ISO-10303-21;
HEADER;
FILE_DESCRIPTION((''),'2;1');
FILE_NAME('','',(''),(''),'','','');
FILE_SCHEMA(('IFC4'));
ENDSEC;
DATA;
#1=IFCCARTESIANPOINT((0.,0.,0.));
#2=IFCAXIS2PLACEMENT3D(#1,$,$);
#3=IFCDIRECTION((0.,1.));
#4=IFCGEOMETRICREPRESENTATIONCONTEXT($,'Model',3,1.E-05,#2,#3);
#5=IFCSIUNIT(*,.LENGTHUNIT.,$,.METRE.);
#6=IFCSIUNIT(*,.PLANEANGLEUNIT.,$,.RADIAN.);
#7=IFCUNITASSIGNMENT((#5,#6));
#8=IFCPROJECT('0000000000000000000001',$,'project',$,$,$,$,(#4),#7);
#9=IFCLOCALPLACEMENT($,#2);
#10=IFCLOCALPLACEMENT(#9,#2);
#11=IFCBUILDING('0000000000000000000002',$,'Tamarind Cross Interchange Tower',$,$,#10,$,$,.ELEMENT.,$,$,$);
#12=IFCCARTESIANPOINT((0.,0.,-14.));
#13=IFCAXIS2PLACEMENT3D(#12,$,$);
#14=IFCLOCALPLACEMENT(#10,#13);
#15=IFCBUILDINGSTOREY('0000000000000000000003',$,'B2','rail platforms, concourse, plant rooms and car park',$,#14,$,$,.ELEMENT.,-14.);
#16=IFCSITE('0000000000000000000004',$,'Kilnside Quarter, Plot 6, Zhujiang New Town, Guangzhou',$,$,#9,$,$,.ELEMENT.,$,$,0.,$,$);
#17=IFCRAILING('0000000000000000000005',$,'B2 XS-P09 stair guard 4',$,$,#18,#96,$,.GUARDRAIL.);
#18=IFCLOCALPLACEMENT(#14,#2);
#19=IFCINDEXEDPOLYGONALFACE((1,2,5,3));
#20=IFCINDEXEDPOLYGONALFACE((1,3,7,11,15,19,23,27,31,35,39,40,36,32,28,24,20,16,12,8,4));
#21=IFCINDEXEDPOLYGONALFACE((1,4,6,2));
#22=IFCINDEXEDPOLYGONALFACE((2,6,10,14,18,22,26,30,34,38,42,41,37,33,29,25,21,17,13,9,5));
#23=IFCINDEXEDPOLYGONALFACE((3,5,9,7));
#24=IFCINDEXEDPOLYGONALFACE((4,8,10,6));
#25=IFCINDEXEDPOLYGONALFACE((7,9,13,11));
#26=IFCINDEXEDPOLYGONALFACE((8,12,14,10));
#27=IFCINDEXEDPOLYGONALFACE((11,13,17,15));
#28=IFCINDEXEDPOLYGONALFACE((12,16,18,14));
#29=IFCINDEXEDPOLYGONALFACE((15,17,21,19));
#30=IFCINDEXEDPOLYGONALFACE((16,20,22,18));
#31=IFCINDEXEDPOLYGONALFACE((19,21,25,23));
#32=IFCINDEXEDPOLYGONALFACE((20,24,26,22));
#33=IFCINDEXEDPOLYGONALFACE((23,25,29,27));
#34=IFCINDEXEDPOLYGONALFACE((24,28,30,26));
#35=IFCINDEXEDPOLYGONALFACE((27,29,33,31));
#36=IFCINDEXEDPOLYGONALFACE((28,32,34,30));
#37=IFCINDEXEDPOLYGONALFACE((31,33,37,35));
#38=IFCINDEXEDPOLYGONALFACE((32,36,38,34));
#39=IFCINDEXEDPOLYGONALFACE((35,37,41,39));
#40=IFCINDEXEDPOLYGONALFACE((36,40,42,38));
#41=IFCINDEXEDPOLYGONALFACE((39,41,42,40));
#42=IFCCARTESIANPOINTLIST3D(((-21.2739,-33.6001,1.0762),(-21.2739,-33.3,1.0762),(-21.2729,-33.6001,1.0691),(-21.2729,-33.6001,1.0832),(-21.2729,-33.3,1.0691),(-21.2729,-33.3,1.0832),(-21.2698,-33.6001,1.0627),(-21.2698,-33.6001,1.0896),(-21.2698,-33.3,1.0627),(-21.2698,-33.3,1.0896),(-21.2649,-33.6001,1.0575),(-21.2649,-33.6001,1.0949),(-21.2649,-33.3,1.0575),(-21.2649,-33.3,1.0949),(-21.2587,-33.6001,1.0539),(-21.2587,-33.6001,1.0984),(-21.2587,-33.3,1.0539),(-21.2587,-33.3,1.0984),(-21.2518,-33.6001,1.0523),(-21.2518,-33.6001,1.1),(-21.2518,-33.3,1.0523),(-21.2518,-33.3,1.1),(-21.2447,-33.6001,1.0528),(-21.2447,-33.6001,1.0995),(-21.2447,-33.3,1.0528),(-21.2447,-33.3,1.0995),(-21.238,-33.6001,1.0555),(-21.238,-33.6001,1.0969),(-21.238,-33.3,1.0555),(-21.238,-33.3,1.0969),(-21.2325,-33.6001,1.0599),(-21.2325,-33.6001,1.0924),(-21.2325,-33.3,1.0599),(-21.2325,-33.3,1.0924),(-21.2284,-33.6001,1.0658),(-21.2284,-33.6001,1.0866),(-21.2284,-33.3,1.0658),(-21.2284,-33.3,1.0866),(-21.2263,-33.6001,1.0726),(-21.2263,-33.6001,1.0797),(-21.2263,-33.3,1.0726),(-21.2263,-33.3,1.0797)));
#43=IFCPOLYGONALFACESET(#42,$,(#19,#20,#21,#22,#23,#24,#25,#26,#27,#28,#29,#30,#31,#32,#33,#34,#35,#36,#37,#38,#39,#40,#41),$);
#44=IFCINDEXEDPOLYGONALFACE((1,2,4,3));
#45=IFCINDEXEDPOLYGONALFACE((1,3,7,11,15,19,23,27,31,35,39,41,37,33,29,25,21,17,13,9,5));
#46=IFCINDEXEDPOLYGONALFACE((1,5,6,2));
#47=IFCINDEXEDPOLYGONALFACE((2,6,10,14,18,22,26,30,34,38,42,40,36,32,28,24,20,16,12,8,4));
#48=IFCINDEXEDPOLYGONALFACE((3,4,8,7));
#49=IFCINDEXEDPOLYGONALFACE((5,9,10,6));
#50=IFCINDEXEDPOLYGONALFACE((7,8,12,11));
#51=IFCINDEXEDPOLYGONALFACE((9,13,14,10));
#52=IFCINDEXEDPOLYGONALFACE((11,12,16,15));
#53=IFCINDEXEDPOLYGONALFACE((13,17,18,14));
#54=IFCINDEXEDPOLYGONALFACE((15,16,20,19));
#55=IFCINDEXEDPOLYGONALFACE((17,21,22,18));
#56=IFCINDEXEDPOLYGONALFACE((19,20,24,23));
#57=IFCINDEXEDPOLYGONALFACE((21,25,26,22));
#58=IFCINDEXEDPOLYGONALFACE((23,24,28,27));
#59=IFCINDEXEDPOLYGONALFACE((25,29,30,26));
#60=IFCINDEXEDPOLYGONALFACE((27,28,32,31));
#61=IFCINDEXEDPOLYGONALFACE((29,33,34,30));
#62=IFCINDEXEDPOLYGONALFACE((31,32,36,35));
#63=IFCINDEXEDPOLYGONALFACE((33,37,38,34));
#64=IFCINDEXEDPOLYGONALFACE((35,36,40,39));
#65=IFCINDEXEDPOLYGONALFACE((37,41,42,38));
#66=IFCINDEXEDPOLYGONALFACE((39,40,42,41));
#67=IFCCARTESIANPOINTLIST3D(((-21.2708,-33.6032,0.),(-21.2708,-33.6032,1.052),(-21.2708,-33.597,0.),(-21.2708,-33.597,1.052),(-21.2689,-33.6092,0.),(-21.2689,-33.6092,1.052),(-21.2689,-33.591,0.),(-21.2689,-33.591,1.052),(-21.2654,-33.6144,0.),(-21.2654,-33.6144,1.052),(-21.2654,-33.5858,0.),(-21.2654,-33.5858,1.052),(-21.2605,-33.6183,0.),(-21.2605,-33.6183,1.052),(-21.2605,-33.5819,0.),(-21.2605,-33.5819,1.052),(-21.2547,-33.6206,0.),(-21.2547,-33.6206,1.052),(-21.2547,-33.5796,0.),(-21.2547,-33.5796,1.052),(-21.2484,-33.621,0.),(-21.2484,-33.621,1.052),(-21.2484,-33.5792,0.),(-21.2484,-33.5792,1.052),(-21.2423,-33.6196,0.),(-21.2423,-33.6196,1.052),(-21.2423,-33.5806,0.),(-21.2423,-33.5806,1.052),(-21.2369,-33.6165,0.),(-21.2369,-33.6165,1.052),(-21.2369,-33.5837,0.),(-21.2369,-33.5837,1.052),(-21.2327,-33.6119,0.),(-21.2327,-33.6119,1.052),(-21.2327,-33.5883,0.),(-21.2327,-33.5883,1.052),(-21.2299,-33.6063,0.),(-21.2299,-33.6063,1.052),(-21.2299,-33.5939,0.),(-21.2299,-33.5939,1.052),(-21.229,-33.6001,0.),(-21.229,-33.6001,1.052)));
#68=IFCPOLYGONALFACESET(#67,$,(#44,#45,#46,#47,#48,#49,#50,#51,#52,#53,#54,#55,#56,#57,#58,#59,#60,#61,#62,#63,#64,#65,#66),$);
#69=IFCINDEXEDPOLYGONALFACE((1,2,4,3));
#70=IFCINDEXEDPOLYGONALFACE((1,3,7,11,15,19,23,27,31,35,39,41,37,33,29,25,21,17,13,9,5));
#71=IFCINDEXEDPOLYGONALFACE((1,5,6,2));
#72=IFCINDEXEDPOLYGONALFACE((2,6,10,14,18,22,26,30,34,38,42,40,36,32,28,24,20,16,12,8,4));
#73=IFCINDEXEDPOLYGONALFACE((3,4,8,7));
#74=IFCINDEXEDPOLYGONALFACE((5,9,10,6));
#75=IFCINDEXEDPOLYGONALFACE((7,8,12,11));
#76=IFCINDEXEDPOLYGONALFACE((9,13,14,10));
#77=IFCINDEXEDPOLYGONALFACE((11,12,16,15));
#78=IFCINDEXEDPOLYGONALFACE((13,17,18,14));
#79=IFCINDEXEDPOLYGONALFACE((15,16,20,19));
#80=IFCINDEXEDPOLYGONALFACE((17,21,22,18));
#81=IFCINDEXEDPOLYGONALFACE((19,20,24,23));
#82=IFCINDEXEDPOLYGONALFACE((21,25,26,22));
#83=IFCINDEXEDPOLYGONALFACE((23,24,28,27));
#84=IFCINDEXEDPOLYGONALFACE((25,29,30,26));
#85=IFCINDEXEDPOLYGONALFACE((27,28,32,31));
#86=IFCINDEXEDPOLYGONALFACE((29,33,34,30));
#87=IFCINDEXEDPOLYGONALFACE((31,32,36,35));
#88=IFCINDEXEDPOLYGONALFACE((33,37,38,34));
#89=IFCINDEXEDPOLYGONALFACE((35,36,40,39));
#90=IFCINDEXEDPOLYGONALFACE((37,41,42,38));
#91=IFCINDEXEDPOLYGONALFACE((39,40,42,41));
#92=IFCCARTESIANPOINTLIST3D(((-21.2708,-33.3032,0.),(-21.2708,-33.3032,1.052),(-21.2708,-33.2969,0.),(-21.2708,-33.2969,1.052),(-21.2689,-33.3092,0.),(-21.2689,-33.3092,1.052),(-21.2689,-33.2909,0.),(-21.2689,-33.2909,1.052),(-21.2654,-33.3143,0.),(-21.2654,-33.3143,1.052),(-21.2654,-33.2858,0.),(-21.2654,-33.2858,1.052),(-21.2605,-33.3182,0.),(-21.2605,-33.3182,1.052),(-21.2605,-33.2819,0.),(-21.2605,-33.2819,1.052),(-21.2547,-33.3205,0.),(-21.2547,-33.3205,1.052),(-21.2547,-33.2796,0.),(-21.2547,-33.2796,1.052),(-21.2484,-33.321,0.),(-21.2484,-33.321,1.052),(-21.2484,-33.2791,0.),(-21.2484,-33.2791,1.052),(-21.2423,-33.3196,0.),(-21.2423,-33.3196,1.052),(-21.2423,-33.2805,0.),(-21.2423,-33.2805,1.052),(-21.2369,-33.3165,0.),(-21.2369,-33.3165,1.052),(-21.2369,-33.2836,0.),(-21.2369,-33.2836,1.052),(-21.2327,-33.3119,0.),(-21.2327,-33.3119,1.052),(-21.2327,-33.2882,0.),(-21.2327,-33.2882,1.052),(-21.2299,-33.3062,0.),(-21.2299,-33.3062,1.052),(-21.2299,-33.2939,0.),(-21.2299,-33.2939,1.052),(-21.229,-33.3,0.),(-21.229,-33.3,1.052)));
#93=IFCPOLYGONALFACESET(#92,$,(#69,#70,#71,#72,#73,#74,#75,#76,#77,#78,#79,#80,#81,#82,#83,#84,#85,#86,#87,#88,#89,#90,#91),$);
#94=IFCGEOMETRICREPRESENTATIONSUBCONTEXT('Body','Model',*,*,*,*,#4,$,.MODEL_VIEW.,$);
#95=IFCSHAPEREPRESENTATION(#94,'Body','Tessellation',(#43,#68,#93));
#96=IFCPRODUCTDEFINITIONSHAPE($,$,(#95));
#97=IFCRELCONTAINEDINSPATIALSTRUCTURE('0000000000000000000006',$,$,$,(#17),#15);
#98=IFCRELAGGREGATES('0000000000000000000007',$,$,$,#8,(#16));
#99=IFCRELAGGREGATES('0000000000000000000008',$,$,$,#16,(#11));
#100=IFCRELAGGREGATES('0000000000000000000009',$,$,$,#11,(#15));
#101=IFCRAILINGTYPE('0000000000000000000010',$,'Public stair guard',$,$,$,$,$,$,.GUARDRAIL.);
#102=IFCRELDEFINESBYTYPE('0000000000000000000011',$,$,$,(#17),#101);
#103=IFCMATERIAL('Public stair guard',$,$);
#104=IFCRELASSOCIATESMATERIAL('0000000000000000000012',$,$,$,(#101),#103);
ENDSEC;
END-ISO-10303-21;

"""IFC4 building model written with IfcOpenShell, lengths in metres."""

from ifc_helpers import new_model, si_unit, direction, frame, origin, origin_2d, place, context, subcontext, project, spatial, circle, extrude, material, type_object, element, save


model = new_model("IFC4")

# Units and contexts
model_context = context("Model", 3, precision=1e-05, world=origin(), true_north=direction((0.0, 1.0)))
body_context = subcontext(model_context, "Body", "Model", "MODEL_VIEW")
ifc_project = project(units=[si_unit("LENGTHUNIT", "METRE"), si_unit("PLANEANGLEUNIT", "RADIAN")], contexts=[model_context])

# Site, building, storey
site_placement = place(None, origin())
site = spatial("IfcSite", under=ifc_project, at=site_placement, Name="Kilnside Quarter, Plot 6, Zhujiang New Town, Guangzhou", CompositionType="ELEMENT", RefElevation=0.0)
building_placement = place(site_placement, origin())
building = spatial("IfcBuilding", under=site, at=building_placement, Name="Tamarind Cross Interchange Tower", CompositionType="ELEMENT")
storey_placement = place(building_placement, frame((0.0, 0.0, -14.0)))
storey = spatial("IfcBuildingStorey", under=building, at=storey_placement, Name="B2", Description="rail platforms, concourse, plant rooms and car park", CompositionType="ELEMENT", Elevation=-14.0)

# Railing
ifc_material_1 = material(Name="Public stair guard")
railing_type_1 = type_object("IfcRailingType", Name="Public stair guard", PredefinedType="GUARDRAIL", material=ifc_material_1)
railing_1_placement = place(storey_placement, frame((-21.25, -33.6001, 0.0)))
element("IfcRailing", 1, at=railing_1_placement, inside=storey, type_object=railing_type_1, Name="B2 XS-P09 stair guard 4", PredefinedType="GUARDRAIL", context=body_context, shape_type="SweptSolid", body=[
    extrude(circle(Radius=0.0239, at=origin_2d()), frame((0.0, 0.0, 1.0762), z_axis=(0.0, 1.0, 0.0), x_axis=(-1.0, 0.0, 0.0)), (0.0, 0.0, 1.0), 0.3),
    extrude(circle(Radius=0.021, at=origin_2d()), origin(), (0.0, 0.0, 1.0), 1.052),
    extrude(circle(Radius=0.021, at=origin_2d()), frame((0.0, 0.3, 0.0)), (0.0, 0.0, 1.0), 1.052),
])

save(model, "model.ifc")
